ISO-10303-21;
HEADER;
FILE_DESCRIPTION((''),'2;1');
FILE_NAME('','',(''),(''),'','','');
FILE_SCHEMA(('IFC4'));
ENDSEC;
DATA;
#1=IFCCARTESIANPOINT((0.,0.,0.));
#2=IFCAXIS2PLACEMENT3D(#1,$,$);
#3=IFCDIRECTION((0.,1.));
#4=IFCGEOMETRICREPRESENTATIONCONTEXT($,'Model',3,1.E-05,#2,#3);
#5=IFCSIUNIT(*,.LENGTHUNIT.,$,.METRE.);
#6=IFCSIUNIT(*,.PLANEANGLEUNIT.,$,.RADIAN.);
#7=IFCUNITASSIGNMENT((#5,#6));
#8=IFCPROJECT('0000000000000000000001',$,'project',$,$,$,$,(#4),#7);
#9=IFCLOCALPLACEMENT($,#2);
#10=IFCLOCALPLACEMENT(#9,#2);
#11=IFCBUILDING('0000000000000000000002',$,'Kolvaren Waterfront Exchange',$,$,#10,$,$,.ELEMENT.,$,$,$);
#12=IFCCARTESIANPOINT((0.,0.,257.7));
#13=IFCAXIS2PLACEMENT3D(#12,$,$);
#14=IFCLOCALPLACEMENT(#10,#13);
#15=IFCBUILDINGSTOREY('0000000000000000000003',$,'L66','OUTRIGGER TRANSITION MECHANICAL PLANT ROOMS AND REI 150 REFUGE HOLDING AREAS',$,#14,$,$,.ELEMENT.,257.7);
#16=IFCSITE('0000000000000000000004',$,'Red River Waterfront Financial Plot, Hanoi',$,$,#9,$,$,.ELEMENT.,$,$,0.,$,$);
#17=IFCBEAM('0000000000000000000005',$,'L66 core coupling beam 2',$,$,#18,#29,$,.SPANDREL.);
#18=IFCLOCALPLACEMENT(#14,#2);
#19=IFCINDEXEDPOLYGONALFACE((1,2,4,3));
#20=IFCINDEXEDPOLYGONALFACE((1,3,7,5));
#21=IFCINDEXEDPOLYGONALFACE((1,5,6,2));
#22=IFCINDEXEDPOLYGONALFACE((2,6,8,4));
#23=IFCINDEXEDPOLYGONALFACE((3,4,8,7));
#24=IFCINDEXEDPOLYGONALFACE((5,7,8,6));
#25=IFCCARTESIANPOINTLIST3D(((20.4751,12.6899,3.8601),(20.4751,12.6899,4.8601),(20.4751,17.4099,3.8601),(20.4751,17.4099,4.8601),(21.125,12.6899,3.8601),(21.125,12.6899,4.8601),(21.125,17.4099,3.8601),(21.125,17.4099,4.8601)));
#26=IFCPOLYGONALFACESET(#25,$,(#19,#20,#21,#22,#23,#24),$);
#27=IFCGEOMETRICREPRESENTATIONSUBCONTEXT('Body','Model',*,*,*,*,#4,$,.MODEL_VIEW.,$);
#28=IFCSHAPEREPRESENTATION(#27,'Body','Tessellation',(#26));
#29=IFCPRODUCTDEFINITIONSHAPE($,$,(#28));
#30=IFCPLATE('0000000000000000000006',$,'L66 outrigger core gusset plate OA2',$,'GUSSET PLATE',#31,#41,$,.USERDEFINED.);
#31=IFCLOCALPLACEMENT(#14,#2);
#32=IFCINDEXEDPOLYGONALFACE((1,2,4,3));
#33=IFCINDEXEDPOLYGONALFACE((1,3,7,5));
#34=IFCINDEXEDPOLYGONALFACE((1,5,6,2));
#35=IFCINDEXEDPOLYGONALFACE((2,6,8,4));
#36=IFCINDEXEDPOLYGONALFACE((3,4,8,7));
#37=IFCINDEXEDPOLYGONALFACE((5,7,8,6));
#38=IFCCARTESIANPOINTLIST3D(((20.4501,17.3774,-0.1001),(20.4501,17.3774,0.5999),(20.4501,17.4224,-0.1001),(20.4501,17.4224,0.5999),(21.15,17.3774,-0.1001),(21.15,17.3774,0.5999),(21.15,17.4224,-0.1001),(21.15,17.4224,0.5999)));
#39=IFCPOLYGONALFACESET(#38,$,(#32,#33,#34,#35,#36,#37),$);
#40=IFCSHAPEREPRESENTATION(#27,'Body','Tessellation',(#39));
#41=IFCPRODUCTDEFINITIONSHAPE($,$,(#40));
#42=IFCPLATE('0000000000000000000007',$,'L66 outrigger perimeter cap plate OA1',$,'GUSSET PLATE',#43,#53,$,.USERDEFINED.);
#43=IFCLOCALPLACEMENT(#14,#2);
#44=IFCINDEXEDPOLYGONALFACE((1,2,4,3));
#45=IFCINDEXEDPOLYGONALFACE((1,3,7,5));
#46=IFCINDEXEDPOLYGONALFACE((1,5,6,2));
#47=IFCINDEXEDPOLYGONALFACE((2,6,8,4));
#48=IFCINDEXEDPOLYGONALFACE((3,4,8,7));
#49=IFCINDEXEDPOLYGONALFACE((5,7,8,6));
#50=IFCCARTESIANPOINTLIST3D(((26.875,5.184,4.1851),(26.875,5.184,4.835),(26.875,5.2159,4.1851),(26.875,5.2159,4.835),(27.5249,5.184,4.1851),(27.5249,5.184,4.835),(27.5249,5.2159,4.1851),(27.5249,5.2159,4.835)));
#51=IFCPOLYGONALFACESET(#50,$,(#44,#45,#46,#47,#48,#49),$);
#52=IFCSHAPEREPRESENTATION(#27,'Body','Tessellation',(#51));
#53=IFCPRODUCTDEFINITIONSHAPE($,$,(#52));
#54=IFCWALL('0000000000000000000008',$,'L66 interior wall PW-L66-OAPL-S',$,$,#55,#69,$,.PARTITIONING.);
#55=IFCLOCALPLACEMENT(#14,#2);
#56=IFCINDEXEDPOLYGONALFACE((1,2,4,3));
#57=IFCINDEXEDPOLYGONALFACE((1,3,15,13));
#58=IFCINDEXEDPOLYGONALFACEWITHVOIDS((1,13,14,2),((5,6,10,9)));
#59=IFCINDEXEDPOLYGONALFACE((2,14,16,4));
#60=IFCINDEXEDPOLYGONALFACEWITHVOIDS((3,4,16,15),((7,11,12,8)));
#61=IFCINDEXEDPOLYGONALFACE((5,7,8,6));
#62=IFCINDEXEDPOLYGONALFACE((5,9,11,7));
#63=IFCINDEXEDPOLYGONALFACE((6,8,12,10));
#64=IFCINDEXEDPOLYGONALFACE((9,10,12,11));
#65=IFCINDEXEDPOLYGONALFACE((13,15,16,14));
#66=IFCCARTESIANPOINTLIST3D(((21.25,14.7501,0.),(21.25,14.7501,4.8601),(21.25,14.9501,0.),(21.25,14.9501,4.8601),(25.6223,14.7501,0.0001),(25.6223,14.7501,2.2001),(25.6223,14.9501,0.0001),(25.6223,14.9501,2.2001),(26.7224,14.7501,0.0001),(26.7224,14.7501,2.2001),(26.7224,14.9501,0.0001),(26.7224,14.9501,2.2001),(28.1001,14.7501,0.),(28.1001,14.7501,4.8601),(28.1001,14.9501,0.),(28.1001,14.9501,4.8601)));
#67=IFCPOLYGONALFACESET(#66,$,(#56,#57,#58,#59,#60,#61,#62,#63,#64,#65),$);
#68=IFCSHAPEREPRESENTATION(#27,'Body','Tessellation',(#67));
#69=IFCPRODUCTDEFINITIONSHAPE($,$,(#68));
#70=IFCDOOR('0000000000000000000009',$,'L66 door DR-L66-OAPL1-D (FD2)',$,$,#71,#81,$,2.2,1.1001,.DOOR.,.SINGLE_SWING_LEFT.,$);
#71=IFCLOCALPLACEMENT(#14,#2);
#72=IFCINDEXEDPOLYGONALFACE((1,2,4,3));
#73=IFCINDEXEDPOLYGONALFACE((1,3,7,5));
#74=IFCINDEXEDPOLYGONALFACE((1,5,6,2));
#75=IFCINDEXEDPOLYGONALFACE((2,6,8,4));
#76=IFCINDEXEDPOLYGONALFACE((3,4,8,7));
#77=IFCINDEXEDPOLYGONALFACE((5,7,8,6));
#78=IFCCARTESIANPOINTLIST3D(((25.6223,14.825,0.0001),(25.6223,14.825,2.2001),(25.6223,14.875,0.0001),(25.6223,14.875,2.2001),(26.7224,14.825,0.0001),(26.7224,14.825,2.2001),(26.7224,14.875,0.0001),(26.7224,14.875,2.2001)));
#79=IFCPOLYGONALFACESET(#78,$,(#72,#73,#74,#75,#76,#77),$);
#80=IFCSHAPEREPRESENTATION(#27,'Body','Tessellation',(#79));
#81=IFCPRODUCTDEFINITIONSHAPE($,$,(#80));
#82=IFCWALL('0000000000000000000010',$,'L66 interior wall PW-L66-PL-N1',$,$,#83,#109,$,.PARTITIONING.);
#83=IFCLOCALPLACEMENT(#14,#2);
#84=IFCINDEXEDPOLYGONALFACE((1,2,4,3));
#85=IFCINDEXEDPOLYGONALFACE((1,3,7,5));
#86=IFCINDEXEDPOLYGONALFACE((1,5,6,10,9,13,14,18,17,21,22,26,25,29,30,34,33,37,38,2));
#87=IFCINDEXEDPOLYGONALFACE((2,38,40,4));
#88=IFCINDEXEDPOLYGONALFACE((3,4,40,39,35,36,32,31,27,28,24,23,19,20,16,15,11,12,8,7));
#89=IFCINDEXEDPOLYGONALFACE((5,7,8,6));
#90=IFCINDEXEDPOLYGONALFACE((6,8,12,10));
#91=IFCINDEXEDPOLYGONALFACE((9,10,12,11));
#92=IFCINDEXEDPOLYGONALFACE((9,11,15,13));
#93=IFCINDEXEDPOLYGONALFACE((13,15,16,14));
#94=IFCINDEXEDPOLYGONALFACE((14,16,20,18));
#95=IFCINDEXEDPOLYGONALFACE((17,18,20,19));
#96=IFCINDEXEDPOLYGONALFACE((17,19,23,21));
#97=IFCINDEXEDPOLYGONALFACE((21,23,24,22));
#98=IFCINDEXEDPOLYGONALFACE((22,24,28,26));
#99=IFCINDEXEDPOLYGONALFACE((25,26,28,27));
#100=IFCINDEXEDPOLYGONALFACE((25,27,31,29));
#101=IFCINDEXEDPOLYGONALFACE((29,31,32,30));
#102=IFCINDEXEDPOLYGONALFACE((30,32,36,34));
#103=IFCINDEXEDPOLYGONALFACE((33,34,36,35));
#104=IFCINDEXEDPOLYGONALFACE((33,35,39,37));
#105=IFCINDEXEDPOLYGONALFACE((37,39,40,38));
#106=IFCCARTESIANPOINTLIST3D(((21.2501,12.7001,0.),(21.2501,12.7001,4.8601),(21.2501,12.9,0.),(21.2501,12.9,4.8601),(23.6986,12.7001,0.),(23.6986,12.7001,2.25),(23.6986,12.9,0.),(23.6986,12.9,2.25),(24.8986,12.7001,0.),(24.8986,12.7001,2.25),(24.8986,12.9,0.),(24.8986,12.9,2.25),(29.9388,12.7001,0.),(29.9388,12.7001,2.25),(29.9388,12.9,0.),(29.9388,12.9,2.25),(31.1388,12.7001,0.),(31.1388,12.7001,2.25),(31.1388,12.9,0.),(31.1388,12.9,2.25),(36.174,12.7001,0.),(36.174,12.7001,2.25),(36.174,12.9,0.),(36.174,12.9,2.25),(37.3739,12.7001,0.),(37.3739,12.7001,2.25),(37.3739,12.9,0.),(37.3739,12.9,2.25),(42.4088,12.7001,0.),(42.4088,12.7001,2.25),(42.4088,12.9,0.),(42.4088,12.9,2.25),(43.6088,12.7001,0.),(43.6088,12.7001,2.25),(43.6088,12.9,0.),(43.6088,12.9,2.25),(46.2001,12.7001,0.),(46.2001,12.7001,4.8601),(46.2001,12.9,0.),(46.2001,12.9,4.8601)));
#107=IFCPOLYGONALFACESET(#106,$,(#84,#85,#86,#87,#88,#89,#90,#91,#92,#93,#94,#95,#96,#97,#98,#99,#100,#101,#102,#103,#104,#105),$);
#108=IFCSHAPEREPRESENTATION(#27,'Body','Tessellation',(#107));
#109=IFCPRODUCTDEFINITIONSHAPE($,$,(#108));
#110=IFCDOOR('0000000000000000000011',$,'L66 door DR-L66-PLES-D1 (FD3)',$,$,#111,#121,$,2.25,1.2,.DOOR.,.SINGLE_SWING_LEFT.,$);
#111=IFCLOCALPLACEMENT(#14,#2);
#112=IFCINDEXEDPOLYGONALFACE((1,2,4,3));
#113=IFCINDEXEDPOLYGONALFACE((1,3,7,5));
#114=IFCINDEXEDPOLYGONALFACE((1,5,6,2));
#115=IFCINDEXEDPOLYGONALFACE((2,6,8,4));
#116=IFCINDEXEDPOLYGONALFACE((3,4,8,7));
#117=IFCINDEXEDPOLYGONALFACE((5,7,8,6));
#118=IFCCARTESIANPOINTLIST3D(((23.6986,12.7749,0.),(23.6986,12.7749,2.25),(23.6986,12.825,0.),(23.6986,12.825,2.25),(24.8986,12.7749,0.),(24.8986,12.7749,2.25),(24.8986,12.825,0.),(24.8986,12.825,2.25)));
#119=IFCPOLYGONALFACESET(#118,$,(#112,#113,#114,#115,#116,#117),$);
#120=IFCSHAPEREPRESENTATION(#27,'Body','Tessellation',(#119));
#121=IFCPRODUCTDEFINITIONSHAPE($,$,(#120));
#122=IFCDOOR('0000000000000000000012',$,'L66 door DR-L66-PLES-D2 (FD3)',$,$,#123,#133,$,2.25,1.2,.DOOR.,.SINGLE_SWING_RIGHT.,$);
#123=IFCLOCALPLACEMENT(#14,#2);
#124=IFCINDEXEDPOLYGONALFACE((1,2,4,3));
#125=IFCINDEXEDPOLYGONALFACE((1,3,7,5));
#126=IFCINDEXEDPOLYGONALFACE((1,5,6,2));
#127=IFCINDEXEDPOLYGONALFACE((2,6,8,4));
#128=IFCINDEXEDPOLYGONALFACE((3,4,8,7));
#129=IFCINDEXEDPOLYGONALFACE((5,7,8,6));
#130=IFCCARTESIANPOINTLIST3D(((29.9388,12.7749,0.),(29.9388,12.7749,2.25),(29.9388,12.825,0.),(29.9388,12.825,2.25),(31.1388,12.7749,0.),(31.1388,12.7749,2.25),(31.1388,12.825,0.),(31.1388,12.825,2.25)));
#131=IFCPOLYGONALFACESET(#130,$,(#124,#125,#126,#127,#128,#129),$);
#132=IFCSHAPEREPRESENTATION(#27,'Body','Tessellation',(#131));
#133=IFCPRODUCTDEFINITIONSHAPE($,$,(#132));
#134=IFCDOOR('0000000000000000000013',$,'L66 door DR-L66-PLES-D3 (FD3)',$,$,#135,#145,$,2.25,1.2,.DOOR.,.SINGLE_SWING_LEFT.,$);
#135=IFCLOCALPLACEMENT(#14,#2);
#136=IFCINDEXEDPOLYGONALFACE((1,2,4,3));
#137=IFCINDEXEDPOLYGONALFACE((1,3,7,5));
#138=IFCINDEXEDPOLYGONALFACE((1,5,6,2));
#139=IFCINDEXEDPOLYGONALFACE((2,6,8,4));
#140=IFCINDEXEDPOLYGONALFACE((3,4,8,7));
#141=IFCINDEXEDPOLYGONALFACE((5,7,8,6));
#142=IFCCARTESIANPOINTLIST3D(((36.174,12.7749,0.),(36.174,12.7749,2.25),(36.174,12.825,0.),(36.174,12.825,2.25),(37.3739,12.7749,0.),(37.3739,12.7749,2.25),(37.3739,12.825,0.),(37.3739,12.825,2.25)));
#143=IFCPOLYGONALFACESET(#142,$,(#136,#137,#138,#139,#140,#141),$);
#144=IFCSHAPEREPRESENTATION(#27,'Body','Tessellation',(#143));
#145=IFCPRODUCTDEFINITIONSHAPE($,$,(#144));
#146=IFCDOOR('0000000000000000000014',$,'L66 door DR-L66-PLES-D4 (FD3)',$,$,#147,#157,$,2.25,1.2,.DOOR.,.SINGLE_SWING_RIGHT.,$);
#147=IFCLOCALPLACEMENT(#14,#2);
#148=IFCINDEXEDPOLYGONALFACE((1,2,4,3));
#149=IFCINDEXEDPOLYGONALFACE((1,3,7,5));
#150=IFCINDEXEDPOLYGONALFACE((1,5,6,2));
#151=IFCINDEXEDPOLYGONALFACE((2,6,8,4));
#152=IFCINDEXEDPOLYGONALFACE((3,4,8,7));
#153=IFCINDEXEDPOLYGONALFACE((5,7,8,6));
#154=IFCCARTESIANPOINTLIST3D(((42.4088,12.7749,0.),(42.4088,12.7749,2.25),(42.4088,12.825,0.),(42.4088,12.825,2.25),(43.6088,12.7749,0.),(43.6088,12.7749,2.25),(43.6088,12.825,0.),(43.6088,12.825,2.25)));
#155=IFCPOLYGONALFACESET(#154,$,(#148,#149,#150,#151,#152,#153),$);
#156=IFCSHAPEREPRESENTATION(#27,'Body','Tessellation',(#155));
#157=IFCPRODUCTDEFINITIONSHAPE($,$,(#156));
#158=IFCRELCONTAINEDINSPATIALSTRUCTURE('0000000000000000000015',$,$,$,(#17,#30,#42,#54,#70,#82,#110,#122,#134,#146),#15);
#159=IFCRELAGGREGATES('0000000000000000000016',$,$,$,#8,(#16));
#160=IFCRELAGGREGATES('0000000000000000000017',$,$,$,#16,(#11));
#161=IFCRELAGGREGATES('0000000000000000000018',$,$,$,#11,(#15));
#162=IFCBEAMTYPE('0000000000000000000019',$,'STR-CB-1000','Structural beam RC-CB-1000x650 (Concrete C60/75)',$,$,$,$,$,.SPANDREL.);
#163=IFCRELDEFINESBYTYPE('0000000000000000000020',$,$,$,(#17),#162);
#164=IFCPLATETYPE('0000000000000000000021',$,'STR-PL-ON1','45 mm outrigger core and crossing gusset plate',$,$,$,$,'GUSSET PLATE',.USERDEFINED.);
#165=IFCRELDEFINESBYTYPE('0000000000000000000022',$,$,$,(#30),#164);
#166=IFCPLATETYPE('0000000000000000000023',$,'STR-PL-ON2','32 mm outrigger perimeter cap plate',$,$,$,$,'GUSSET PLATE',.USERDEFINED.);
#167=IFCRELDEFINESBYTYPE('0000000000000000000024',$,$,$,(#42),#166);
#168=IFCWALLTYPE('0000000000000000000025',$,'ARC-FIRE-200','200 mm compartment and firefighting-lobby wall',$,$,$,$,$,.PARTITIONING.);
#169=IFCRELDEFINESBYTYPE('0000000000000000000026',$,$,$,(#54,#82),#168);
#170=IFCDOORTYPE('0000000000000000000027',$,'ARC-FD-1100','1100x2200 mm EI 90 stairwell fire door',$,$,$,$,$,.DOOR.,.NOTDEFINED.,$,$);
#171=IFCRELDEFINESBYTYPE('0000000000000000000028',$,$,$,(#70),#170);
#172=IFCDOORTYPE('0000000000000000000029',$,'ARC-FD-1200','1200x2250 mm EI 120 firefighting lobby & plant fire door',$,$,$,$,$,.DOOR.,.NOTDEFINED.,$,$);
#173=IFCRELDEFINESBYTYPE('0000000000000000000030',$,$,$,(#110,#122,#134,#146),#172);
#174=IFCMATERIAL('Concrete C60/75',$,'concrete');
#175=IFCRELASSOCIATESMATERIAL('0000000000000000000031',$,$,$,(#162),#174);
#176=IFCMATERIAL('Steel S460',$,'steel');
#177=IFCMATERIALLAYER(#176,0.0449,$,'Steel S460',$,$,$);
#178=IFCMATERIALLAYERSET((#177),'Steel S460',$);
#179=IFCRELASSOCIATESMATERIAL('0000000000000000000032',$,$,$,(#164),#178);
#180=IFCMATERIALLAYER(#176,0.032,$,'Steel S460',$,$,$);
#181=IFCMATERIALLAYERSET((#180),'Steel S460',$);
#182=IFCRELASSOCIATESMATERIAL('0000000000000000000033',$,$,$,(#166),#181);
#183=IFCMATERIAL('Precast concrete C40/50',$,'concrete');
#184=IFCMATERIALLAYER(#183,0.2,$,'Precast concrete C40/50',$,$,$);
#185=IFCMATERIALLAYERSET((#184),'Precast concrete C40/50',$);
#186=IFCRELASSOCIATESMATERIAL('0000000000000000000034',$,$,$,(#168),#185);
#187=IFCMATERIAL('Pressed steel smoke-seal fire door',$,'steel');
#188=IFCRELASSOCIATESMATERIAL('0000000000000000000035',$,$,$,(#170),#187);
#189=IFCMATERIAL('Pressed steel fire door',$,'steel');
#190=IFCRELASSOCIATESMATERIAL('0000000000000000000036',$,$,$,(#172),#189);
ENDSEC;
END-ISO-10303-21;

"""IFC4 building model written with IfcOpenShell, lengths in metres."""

from ifc_helpers import new_model, si_unit, direction, frame, frame_2d, origin, origin_with_axes, origin_2d, place, context, subcontext, project, spatial, rectangle, extrude, source, transform, mapped, material, layer, layer_set, material_profile, profile_set, type_object, element, fill, save


model = new_model("IFC4")

# Units and contexts
model_context = context("Model", 3, precision=1e-05, world=origin(), true_north=direction((0.0, 1.0)))
body_context = subcontext(model_context, "Body", "Model", "MODEL_VIEW")
ifc_project = project(units=[si_unit("LENGTHUNIT", "METRE"), si_unit("PLANEANGLEUNIT", "RADIAN")], contexts=[model_context])

# Site, building, storey
site_placement = place(None, origin())
site = spatial("IfcSite", under=ifc_project, at=site_placement, Name="Red River Waterfront Financial Plot, Hanoi", CompositionType="ELEMENT", RefElevation=0.0)
building_placement = place(site_placement, origin())
building = spatial("IfcBuilding", under=site, at=building_placement, Name="Kolvaren Waterfront Exchange", CompositionType="ELEMENT")
storey_placement = place(building_placement, frame((0.0, 0.0, 257.7)))
storey = spatial("IfcBuildingStorey", under=building, at=storey_placement, Name="L66", Description="OUTRIGGER TRANSITION MECHANICAL PLANT ROOMS AND REI 150 REFUGE HOLDING AREAS", CompositionType="ELEMENT", Elevation=257.7)

# Shared definitions
ifc_material_1 = material(Name="Steel S460", Category="steel")

# Beam
ifc_material_2 = material(Name="Concrete C60/75", Category="concrete")
ifc_material_profile_1 = material_profile(ifc_material_2, rectangle(XDim=0.6499, YDim=1.0, at=origin_2d()), Name="RC-CB-1000x650")
ifc_profile_set_1 = profile_set([ifc_material_profile_1], Name="Concrete C60/75")
beam_type_1 = type_object("IfcBeamType", Name="STR-CB-1000", Description="Structural beam RC-CB-1000x650 (Concrete C60/75)", PredefinedType="SPANDREL", material=ifc_profile_set_1)
beam_1_placement = place(storey_placement, frame((20.8, 12.6899, 4.3601), z_axis=(0.0, 1.0, 0.0), x_axis=(-1.0, 0.0, 0.0)))
element("IfcBeam", 1, at=beam_1_placement, inside=storey, type_object=beam_type_1, Name="L66 core coupling beam 2", PredefinedType="SPANDREL", context=body_context, shape_type="SweptSolid", body=[
    extrude(rectangle(XDim=0.6499, YDim=1.0, at=origin_2d()), origin(), (0.0, 0.0, 1.0), 4.72),
])

# Plates
ifc_layer_1 = layer(ifc_material_1, 0.0449, Name="Steel S460")
ifc_layer_set_1 = layer_set([ifc_layer_1], Name="Steel S460")
plate_type_1 = type_object("IfcPlateType", Name="STR-PL-ON1", Description="45 mm outrigger core and crossing gusset plate", ElementType="GUSSET PLATE", PredefinedType="USERDEFINED", material=ifc_layer_set_1)
shared_shape_1 = source(origin_with_axes(), body_context, "Body", "SweptSolid", [
    extrude(rectangle(XDim=0.7, YDim=0.0449, at=origin_2d()), origin(), (0.0, 0.0, 1.0), 0.7),
])
plate_1_placement = place(storey_placement, frame((20.8, 17.3999, -0.1001), z_axis=(0.0, 0.0, 1.0), x_axis=(1.0, 0.0, 0.0)))
element("IfcPlate", 2, at=plate_1_placement, inside=storey, type_object=plate_type_1, Name="L66 outrigger core gusset plate OA2", ObjectType="GUSSET PLATE", PredefinedType="USERDEFINED", context=body_context, shape_type="MappedRepresentation", body=[
    mapped(shared_shape_1, transform((0.0, 0.0, 0.0), x_axis=(1.0, 0.0, 0.0), y_axis=(0.0, 1.0, 0.0), z_axis=(0.0, 0.0, 1.0), scale=1.0)),
])
ifc_layer_2 = layer(ifc_material_1, 0.032, Name="Steel S460")
ifc_layer_set_2 = layer_set([ifc_layer_2], Name="Steel S460")
plate_type_2 = type_object("IfcPlateType", Name="STR-PL-ON2", Description="32 mm outrigger perimeter cap plate", ElementType="GUSSET PLATE", PredefinedType="USERDEFINED", material=ifc_layer_set_2)
shared_shape_2 = source(origin_with_axes(), body_context, "Body", "SweptSolid", [
    extrude(rectangle(XDim=0.6499, YDim=0.032, at=origin_2d()), origin(), (0.0, 0.0, 1.0), 0.6499),
])
plate_2_placement = place(storey_placement, frame((27.2, 5.2, 4.1851), z_axis=(0.0, 0.0, 1.0), x_axis=(1.0, 0.0, 0.0)))
element("IfcPlate", 3, at=plate_2_placement, inside=storey, type_object=plate_type_2, Name="L66 outrigger perimeter cap plate OA1", ObjectType="GUSSET PLATE", PredefinedType="USERDEFINED", context=body_context, shape_type="MappedRepresentation", body=[
    mapped(shared_shape_2, transform((0.0, 0.0, 0.0), x_axis=(1.0, 0.0, 0.0), y_axis=(0.0, 1.0, 0.0), z_axis=(0.0, 0.0, 1.0), scale=1.0)),
])

# Wall, opening, door
ifc_material_3 = material(Name="Precast concrete C40/50", Category="concrete")
ifc_layer_3 = layer(ifc_material_3, 0.2, Name="Precast concrete C40/50")
ifc_layer_set_3 = layer_set([ifc_layer_3], Name="Precast concrete C40/50")
wall_type_1 = type_object("IfcWallType", Name="ARC-FIRE-200", Description="200 mm compartment and firefighting-lobby wall", PredefinedType="PARTITIONING", material=ifc_layer_set_3)
wall_1_placement = place(storey_placement, frame((21.25, 14.8501, 0.0), z_axis=(0.0, 0.0, 1.0), x_axis=(1.0, 0.0, 0.0)))
wall_1 = element("IfcWall", 4, at=wall_1_placement, inside=storey, type_object=wall_type_1, Name="L66 interior wall PW-L66-OAPL-S", PredefinedType="PARTITIONING", context=body_context, shape_type="SweptSolid", body=[
    extrude(rectangle(XDim=6.8501, YDim=0.2, at=frame_2d((3.425, 0.0))), origin(), (0.0, 0.0, 1.0), 4.8601),
])
opening_1_placement = place(wall_1_placement, frame((4.3723, 0.0, 0.0)))
opening_1 = element("IfcOpeningElement", 5, at=opening_1_placement, cuts=wall_1, PredefinedType="OPENING", context=body_context, shape_type="SweptSolid", body=[
    extrude(rectangle(XDim=1.1001, YDim=2.2, at=frame_2d((0.55, 1.1001))), frame((0.0, 0.1099, 0.0), z_axis=(0.0, -1.0, 0.0), x_axis=(1.0, 0.0, 0.0)), (0.0, 0.0, 1.0), 0.22),
])
ifc_material_4 = material(Name="Pressed steel smoke-seal fire door", Category="steel")
door_type_1 = type_object("IfcDoorType", Name="ARC-FD-1100", Description="1100x2200 mm EI 90 stairwell fire door", OperationType="NOTDEFINED", PredefinedType="DOOR", material=ifc_material_4)
door_1_placement = place(opening_1_placement, origin())
door_1 = element("IfcDoor", 6, at=door_1_placement, inside=storey, type_object=door_type_1, Name="L66 door DR-L66-OAPL1-D (FD2)", OperationType="SINGLE_SWING_LEFT", OverallHeight=2.2, OverallWidth=1.1001, PredefinedType="DOOR", context=body_context, shape_type="SweptSolid", body=[
    extrude(rectangle(XDim=1.1001, YDim=2.2, at=frame_2d((0.55, 1.1001))), frame((0.0, 0.0249, 0.0), z_axis=(0.0, -1.0, 0.0), x_axis=(1.0, 0.0, 0.0)), (0.0, 0.0, 1.0), 0.05),
])
fill(opening_1, door_1)

# Wall, openings, doors
wall_2_placement = place(storey_placement, frame((21.25, 12.8, 0.0), z_axis=(0.0, 0.0, 1.0), x_axis=(1.0, 0.0, 0.0)))
wall_2 = element("IfcWall", 7, at=wall_2_placement, inside=storey, type_object=wall_type_1, Name="L66 interior wall PW-L66-PL-N1", PredefinedType="PARTITIONING", context=body_context, shape_type="SweptSolid", body=[
    extrude(rectangle(XDim=24.95, YDim=0.2, at=frame_2d((12.4751, 0.0))), origin(), (0.0, 0.0, 1.0), 4.8601),
])
opening_2_placement = place(wall_2_placement, frame((2.4485, 0.0, 0.0)))
opening_2 = element("IfcOpeningElement", 8, at=opening_2_placement, cuts=wall_2, PredefinedType="OPENING", context=body_context, shape_type="SweptSolid", body=[
    extrude(rectangle(XDim=1.2, YDim=2.25, at=frame_2d((0.6001, 1.125))), frame((0.0, 0.1099, 0.0), z_axis=(0.0, -1.0, 0.0), x_axis=(1.0, 0.0, 0.0)), (0.0, 0.0, 1.0), 0.22),
])
opening_3_placement = place(wall_2_placement, frame((8.6887, 0.0, 0.0)))
opening_3 = element("IfcOpeningElement", 9, at=opening_3_placement, cuts=wall_2, PredefinedType="OPENING", context=body_context, shape_type="SweptSolid", body=[
    extrude(rectangle(XDim=1.2, YDim=2.25, at=frame_2d((0.6001, 1.125))), frame((0.0, 0.1099, 0.0), z_axis=(0.0, -1.0, 0.0), x_axis=(1.0, 0.0, 0.0)), (0.0, 0.0, 1.0), 0.22),
])
opening_4_placement = place(wall_2_placement, frame((14.9238, 0.0, 0.0)))
opening_4 = element("IfcOpeningElement", 10, at=opening_4_placement, cuts=wall_2, PredefinedType="OPENING", context=body_context, shape_type="SweptSolid", body=[
    extrude(rectangle(XDim=1.2, YDim=2.25, at=frame_2d((0.6001, 1.125))), frame((0.0, 0.1099, 0.0), z_axis=(0.0, -1.0, 0.0), x_axis=(1.0, 0.0, 0.0)), (0.0, 0.0, 1.0), 0.22),
])
opening_5_placement = place(wall_2_placement, frame((21.1587, 0.0, 0.0)))
opening_5 = element("IfcOpeningElement", 11, at=opening_5_placement, cuts=wall_2, PredefinedType="OPENING", context=body_context, shape_type="SweptSolid", body=[
    extrude(rectangle(XDim=1.2, YDim=2.25, at=frame_2d((0.6001, 1.125))), frame((0.0, 0.1099, 0.0), z_axis=(0.0, -1.0, 0.0), x_axis=(1.0, 0.0, 0.0)), (0.0, 0.0, 1.0), 0.22),
])
ifc_material_5 = material(Name="Pressed steel fire door", Category="steel")
door_type_2 = type_object("IfcDoorType", Name="ARC-FD-1200", Description="1200x2250 mm EI 120 firefighting lobby & plant fire door", OperationType="NOTDEFINED", PredefinedType="DOOR", material=ifc_material_5)
door_2_placement = place(opening_2_placement, origin())
door_2 = element("IfcDoor", 12, at=door_2_placement, inside=storey, type_object=door_type_2, Name="L66 door DR-L66-PLES-D1 (FD3)", OperationType="SINGLE_SWING_LEFT", OverallHeight=2.25, OverallWidth=1.2, PredefinedType="DOOR", context=body_context, shape_type="SweptSolid", body=[
    extrude(rectangle(XDim=1.2, YDim=2.25, at=frame_2d((0.6001, 1.125))), frame((0.0, 0.0249, 0.0), z_axis=(0.0, -1.0, 0.0), x_axis=(1.0, 0.0, 0.0)), (0.0, 0.0, 1.0), 0.05),
])
fill(opening_2, door_2)
door_3_placement = place(opening_3_placement, origin())
door_3 = element("IfcDoor", 13, at=door_3_placement, inside=storey, type_object=door_type_2, Name="L66 door DR-L66-PLES-D2 (FD3)", OperationType="SINGLE_SWING_RIGHT", OverallHeight=2.25, OverallWidth=1.2, PredefinedType="DOOR", context=body_context, shape_type="SweptSolid", body=[
    extrude(rectangle(XDim=1.2, YDim=2.25, at=frame_2d((0.6001, 1.125))), frame((0.0, 0.0249, 0.0), z_axis=(0.0, -1.0, 0.0), x_axis=(1.0, 0.0, 0.0)), (0.0, 0.0, 1.0), 0.05),
])
fill(opening_3, door_3)
door_4_placement = place(opening_4_placement, origin())
door_4 = element("IfcDoor", 14, at=door_4_placement, inside=storey, type_object=door_type_2, Name="L66 door DR-L66-PLES-D3 (FD3)", OperationType="SINGLE_SWING_LEFT", OverallHeight=2.25, OverallWidth=1.2, PredefinedType="DOOR", context=body_context, shape_type="SweptSolid", body=[
    extrude(rectangle(XDim=1.2, YDim=2.25, at=frame_2d((0.6001, 1.125))), frame((0.0, 0.0249, 0.0), z_axis=(0.0, -1.0, 0.0), x_axis=(1.0, 0.0, 0.0)), (0.0, 0.0, 1.0), 0.05),
])
fill(opening_4, door_4)
door_5_placement = place(opening_5_placement, origin())
door_5 = element("IfcDoor", 15, at=door_5_placement, inside=storey, type_object=door_type_2, Name="L66 door DR-L66-PLES-D4 (FD3)", OperationType="SINGLE_SWING_RIGHT", OverallHeight=2.25, OverallWidth=1.2, PredefinedType="DOOR", context=body_context, shape_type="SweptSolid", body=[
    extrude(rectangle(XDim=1.2, YDim=2.25, at=frame_2d((0.6001, 1.125))), frame((0.0, 0.0249, 0.0), z_axis=(0.0, -1.0, 0.0), x_axis=(1.0, 0.0, 0.0)), (0.0, 0.0, 1.0), 0.05),
])
fill(opening_5, door_5)

save(model, "model.ifc")
